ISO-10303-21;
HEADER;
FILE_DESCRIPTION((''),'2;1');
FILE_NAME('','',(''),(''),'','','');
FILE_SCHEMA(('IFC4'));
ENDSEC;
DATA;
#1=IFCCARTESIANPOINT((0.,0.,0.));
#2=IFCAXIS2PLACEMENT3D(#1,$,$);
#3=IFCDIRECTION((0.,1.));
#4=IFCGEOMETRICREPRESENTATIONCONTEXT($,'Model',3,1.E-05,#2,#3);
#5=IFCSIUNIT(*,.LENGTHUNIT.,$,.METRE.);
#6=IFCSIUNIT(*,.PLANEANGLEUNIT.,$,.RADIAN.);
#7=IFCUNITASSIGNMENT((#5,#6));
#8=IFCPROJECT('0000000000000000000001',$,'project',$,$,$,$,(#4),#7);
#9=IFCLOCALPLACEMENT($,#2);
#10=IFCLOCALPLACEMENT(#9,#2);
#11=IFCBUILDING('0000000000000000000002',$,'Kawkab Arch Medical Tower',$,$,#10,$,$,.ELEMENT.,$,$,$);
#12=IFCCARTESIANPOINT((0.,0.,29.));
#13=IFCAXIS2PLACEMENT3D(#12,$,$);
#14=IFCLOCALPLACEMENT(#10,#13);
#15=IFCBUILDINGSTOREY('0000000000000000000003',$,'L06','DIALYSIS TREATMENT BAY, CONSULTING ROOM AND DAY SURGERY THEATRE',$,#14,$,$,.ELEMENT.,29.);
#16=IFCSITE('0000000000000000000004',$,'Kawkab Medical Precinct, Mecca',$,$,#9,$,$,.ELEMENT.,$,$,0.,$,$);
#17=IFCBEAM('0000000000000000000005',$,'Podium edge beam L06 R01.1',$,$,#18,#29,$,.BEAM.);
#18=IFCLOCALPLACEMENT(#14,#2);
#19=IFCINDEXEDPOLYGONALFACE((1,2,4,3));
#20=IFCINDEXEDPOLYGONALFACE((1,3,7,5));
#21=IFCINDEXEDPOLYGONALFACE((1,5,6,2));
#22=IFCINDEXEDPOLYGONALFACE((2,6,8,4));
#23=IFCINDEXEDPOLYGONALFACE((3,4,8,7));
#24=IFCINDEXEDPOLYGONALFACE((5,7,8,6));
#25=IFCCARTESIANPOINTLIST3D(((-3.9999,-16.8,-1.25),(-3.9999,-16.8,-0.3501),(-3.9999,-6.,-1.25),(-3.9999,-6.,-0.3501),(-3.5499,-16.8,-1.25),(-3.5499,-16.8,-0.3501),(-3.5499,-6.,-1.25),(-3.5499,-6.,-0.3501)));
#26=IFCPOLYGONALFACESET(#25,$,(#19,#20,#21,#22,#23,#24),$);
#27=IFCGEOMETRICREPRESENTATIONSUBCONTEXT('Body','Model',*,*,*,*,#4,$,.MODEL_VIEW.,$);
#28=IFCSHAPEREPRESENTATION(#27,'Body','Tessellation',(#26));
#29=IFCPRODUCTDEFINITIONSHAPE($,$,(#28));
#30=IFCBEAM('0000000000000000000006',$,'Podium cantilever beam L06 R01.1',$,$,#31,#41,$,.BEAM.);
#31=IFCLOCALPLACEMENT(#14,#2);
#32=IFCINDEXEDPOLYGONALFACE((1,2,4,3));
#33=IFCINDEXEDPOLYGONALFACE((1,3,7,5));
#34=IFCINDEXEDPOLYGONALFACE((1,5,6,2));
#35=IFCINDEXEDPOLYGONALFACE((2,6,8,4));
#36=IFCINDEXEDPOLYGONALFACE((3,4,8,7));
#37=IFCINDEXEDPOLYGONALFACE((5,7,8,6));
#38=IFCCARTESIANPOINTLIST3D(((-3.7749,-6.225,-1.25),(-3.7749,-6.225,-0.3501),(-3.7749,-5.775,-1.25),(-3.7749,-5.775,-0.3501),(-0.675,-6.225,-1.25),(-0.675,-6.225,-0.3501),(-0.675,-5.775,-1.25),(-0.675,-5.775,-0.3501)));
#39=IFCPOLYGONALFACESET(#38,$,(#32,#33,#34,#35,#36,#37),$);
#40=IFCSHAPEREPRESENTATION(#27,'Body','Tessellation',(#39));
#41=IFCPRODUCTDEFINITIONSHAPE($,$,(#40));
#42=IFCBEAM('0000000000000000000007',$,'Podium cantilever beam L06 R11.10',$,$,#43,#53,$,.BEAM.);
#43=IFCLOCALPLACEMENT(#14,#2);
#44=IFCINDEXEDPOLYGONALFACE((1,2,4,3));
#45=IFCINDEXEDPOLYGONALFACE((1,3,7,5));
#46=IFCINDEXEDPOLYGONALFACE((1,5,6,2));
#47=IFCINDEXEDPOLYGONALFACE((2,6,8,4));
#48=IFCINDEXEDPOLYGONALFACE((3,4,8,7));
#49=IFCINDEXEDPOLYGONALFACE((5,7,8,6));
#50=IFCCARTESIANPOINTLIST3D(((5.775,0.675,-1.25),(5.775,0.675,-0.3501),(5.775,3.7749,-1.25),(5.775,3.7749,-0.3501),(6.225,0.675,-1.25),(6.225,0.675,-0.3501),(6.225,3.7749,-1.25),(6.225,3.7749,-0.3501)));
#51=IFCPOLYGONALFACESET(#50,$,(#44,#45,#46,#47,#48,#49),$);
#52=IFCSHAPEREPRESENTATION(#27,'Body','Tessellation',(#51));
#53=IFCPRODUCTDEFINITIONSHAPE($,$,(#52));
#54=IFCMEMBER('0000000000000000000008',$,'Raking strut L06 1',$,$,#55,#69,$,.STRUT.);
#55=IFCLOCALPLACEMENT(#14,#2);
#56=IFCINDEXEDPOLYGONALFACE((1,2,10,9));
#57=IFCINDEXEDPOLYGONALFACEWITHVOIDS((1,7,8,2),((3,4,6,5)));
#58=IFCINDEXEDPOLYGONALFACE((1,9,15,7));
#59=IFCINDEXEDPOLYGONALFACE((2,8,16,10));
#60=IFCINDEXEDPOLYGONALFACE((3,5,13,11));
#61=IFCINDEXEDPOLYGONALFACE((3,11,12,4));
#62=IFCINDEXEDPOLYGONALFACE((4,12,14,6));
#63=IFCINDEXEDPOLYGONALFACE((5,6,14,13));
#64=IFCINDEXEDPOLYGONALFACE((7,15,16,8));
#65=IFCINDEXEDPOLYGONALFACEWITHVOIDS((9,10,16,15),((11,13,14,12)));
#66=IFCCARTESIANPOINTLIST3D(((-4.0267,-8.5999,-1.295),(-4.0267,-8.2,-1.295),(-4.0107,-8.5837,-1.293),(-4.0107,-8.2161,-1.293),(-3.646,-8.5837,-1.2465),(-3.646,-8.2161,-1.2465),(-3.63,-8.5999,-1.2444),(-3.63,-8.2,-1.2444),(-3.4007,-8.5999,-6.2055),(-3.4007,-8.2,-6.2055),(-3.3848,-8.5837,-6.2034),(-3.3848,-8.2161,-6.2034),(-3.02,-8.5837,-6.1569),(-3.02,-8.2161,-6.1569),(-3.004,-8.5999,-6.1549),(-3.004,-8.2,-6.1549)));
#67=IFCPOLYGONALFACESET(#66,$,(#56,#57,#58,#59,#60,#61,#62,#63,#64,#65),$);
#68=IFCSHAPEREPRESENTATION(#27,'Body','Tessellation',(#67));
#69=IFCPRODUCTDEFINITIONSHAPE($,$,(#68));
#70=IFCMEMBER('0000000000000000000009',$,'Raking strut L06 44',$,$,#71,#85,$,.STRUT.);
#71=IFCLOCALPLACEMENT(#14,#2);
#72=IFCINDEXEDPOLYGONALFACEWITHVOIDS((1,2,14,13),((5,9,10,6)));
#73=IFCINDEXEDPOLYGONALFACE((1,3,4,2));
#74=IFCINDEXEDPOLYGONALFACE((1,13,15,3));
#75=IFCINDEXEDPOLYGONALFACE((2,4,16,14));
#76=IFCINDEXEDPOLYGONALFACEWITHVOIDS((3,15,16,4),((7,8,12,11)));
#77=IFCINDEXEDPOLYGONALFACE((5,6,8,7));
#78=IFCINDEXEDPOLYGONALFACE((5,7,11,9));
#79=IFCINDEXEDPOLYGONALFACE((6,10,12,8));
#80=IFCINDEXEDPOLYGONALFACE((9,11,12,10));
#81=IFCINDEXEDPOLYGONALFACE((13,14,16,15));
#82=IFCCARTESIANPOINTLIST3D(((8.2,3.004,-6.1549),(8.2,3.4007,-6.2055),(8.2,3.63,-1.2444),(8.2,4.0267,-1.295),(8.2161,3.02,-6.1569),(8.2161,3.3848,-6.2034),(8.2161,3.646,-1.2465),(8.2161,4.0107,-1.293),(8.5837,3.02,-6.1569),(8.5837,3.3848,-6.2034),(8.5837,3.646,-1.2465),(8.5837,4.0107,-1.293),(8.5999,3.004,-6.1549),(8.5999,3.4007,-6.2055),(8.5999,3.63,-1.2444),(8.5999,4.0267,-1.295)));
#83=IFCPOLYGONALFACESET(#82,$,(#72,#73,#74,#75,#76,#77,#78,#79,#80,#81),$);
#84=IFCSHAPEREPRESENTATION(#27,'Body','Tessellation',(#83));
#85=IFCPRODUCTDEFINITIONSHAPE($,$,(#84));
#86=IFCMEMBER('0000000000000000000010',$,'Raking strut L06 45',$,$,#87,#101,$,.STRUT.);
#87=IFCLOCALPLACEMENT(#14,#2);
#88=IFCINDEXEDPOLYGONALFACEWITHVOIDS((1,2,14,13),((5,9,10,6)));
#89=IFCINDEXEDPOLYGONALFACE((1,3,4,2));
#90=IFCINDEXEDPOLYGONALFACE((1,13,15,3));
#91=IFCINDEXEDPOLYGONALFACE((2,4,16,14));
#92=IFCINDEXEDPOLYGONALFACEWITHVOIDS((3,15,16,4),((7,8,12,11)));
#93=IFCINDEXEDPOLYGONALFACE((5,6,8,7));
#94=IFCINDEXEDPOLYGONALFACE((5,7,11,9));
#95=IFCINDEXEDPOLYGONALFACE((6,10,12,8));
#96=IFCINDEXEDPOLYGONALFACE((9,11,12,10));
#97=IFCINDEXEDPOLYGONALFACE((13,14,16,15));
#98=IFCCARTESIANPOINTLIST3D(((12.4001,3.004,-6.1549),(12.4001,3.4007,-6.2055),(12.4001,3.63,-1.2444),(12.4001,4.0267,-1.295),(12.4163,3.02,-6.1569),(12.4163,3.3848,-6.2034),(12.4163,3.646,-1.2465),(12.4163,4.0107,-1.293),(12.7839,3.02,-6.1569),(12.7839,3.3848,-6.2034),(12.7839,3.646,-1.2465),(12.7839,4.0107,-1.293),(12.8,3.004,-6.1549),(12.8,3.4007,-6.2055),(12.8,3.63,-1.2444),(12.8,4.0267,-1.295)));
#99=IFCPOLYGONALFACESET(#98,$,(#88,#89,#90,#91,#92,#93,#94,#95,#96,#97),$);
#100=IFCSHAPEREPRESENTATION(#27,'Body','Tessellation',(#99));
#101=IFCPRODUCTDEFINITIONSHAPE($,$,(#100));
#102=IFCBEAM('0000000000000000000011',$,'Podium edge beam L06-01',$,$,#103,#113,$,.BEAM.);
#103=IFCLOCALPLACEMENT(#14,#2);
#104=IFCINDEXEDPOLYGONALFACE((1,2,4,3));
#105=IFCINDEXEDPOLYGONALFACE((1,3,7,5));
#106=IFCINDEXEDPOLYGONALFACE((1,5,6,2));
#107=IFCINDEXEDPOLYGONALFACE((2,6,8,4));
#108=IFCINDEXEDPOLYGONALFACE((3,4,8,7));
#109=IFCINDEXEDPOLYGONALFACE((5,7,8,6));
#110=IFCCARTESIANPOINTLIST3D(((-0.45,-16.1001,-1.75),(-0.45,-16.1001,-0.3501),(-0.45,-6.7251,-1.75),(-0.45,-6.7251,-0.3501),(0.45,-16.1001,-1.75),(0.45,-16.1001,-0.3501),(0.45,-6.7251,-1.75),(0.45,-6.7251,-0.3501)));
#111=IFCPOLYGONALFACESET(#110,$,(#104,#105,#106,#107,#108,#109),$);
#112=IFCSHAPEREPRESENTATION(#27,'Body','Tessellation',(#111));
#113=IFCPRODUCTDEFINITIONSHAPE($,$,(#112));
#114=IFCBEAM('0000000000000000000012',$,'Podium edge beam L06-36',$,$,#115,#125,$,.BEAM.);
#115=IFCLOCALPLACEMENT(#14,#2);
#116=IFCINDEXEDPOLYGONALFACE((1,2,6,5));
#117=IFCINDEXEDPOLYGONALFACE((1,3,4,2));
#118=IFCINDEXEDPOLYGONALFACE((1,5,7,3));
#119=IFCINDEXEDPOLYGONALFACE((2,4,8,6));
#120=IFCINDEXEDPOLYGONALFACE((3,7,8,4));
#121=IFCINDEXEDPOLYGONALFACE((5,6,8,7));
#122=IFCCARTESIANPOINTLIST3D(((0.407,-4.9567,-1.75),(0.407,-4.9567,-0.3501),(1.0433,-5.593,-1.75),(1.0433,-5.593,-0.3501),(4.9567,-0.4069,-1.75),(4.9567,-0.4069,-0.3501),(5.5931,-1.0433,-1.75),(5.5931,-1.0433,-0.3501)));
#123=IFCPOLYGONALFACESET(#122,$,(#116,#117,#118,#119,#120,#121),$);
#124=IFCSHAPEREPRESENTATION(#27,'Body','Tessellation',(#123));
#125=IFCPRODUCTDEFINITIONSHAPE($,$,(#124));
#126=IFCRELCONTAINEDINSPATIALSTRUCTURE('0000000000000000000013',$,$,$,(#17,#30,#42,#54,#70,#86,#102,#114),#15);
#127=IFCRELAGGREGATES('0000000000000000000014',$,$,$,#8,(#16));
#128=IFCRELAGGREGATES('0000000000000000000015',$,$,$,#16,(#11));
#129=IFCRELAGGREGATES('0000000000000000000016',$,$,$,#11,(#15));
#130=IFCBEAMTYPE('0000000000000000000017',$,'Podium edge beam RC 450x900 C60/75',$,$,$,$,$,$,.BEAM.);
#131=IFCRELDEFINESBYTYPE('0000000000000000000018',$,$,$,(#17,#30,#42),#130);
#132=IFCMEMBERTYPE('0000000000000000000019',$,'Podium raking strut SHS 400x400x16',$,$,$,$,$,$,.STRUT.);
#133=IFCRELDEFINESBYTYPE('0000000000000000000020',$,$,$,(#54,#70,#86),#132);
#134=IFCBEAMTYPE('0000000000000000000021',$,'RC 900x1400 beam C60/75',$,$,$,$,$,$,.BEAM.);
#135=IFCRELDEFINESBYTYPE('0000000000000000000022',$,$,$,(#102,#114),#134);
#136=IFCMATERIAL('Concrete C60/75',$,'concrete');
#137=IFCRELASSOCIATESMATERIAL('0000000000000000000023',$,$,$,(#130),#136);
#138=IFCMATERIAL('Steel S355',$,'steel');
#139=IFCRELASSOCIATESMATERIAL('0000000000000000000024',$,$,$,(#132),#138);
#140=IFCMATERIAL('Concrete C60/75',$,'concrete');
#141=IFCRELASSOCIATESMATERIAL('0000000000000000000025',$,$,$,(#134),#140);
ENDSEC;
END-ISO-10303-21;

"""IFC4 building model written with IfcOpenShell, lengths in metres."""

from ifc_helpers import new_model, si_unit, direction, frame, origin, origin_2d, place, context, subcontext, project, spatial, rectangle, hollow_rectangle, extrude, material, material_profile, profile_set, type_object, element, save


model = new_model("IFC4")

# Units and contexts
model_context = context("Model", 3, precision=1e-05, world=origin(), true_north=direction((0.0, 1.0)))
body_context = subcontext(model_context, "Body", "Model", "MODEL_VIEW")
ifc_project = project(units=[si_unit("LENGTHUNIT", "METRE"), si_unit("PLANEANGLEUNIT", "RADIAN")], contexts=[model_context])

# Site, building, storey
site_placement = place(None, origin())
site = spatial("IfcSite", under=ifc_project, at=site_placement, Name="Kawkab Medical Precinct, Mecca", CompositionType="ELEMENT", RefElevation=0.0)
building_placement = place(site_placement, origin())
building = spatial("IfcBuilding", under=site, at=building_placement, Name="Kawkab Arch Medical Tower", CompositionType="ELEMENT")
storey_placement = place(building_placement, frame((0.0, 0.0, 29.0)))
storey = spatial("IfcBuildingStorey", under=building, at=storey_placement, Name="L06", Description="DIALYSIS TREATMENT BAY, CONSULTING ROOM AND DAY SURGERY THEATRE", CompositionType="ELEMENT", Elevation=29.0)

# Beams
ifc_material_1 = material(Name="Concrete C60/75", Category="concrete")
ifc_material_profile_1 = material_profile(ifc_material_1, rectangle(XDim=0.45, YDim=0.8999, at=origin_2d()), Name="RC 450x900")
ifc_profile_set_1 = profile_set([ifc_material_profile_1], Name="Concrete C60/75")
beam_type_1 = type_object("IfcBeamType", Name="Podium edge beam RC 450x900 C60/75", PredefinedType="BEAM", material=ifc_profile_set_1)
beam_1_placement = place(storey_placement, frame((-3.7749, -6.0, -0.8), z_axis=(0.0, -1.0, 0.0), x_axis=(1.0, 0.0, 0.0)))
element("IfcBeam", 1, at=beam_1_placement, inside=storey, type_object=beam_type_1, Name="Podium edge beam L06 R01.1", PredefinedType="BEAM", context=body_context, shape_type="SweptSolid", body=[
    extrude(rectangle(XDim=0.45, YDim=0.8999, at=origin_2d()), origin(), (0.0, 0.0, 1.0), 10.8),
])
for number, where, z_axis, x_axis, name in (
    (2, (-0.675, -6.0, -0.8), (-1.0, 0.0, 0.0), (0.0, -1.0, 0.0), "Podium cantilever beam L06 R01.1"),
    (3, (6.0, 0.675, -0.8), (0.0, 1.0, 0.0), (-1.0, 0.0, 0.0), "Podium cantilever beam L06 R11.10"),
):
    element("IfcBeam", number, at=place(storey_placement, frame(where, z_axis=z_axis, x_axis=x_axis)), inside=storey, type_object=beam_type_1, Name=name, PredefinedType="BEAM", context=body_context, shape_type="SweptSolid", body=[
        extrude(rectangle(XDim=0.45, YDim=0.8999, at=origin_2d()), origin(), (0.0, 0.0, 1.0), 3.0999),
    ])

# Members
ifc_material_2 = material(Name="Steel S355", Category="steel")
ifc_material_profile_2 = material_profile(ifc_material_2, hollow_rectangle(XDim=0.3999, YDim=0.3999, WallThickness=0.0161, at=origin_2d()), Name="SHS 400x400x16")
ifc_profile_set_2 = profile_set([ifc_material_profile_2], Name="Steel S355")
member_type_1 = type_object("IfcMemberType", Name="Podium raking strut SHS 400x400x16", PredefinedType="STRUT", material=ifc_profile_set_2)
for number, where, z_axis, x_axis, name in (
    (4, (-3.2024, -8.3999, -6.1802), (-0.126456, 0.0, 0.991972), (0.0, -1.0, 0.0), "Raking strut L06 1"),
    (5, (8.3999, 3.2024, -6.1802), (0.0, 0.126456, 0.991972), (-1.0, 0.0, 0.0), "Raking strut L06 44"),
    (6, (12.6001, 3.2024, -6.1802), (0.0, 0.126456, 0.991972), (-1.0, 0.0, 0.0), "Raking strut L06 45"),
):
    element("IfcMember", number, at=place(storey_placement, frame(where, z_axis=z_axis, x_axis=x_axis)), inside=storey, type_object=member_type_1, Name=name, PredefinedType="STRUT", context=body_context, shape_type="SweptSolid", body=[
        extrude(hollow_rectangle(XDim=0.3999, YDim=0.3999, WallThickness=0.0161, at=origin_2d()), origin(), (0.0, 0.0, 1.0), 4.9502),
    ])

# Beams
ifc_material_3 = material(Name="Concrete C60/75", Category="concrete")
ifc_material_profile_3 = material_profile(ifc_material_3, rectangle(XDim=0.8999, YDim=1.3999, at=origin_2d()), Name="RC 900x1400")
ifc_profile_set_3 = profile_set([ifc_material_profile_3], Name="Concrete C60/75")
beam_type_2 = type_object("IfcBeamType", Name="RC 900x1400 beam C60/75", PredefinedType="BEAM", material=ifc_profile_set_3)
beam_2_placement = place(storey_placement, frame((0.0, -6.7251, -1.05), z_axis=(0.0, -1.0, 0.0), x_axis=(1.0, 0.0, 0.0)))
element("IfcBeam", 7, at=beam_2_placement, inside=storey, type_object=beam_type_2, Name="Podium edge beam L06-01", PredefinedType="BEAM", context=body_context, shape_type="SweptSolid", body=[
    extrude(rectangle(XDim=0.8999, YDim=1.3999, at=origin_2d()), origin(), (0.0, 0.0, 1.0), 9.375),
])
beam_3_placement = place(storey_placement, frame((5.2749, -0.7251, -1.05), z_axis=(-0.707107, -0.707107, 0.0), x_axis=(0.707107, -0.707107, 0.0)))
element("IfcBeam", 8, at=beam_3_placement, inside=storey, type_object=beam_type_2, Name="Podium edge beam L06-36", PredefinedType="BEAM", context=body_context, shape_type="SweptSolid", body=[
    extrude(rectangle(XDim=0.8999, YDim=1.3999, at=origin_2d()), origin(), (0.0, 0.0, 1.0), 6.4343),
])

save(model, "model.ifc")
